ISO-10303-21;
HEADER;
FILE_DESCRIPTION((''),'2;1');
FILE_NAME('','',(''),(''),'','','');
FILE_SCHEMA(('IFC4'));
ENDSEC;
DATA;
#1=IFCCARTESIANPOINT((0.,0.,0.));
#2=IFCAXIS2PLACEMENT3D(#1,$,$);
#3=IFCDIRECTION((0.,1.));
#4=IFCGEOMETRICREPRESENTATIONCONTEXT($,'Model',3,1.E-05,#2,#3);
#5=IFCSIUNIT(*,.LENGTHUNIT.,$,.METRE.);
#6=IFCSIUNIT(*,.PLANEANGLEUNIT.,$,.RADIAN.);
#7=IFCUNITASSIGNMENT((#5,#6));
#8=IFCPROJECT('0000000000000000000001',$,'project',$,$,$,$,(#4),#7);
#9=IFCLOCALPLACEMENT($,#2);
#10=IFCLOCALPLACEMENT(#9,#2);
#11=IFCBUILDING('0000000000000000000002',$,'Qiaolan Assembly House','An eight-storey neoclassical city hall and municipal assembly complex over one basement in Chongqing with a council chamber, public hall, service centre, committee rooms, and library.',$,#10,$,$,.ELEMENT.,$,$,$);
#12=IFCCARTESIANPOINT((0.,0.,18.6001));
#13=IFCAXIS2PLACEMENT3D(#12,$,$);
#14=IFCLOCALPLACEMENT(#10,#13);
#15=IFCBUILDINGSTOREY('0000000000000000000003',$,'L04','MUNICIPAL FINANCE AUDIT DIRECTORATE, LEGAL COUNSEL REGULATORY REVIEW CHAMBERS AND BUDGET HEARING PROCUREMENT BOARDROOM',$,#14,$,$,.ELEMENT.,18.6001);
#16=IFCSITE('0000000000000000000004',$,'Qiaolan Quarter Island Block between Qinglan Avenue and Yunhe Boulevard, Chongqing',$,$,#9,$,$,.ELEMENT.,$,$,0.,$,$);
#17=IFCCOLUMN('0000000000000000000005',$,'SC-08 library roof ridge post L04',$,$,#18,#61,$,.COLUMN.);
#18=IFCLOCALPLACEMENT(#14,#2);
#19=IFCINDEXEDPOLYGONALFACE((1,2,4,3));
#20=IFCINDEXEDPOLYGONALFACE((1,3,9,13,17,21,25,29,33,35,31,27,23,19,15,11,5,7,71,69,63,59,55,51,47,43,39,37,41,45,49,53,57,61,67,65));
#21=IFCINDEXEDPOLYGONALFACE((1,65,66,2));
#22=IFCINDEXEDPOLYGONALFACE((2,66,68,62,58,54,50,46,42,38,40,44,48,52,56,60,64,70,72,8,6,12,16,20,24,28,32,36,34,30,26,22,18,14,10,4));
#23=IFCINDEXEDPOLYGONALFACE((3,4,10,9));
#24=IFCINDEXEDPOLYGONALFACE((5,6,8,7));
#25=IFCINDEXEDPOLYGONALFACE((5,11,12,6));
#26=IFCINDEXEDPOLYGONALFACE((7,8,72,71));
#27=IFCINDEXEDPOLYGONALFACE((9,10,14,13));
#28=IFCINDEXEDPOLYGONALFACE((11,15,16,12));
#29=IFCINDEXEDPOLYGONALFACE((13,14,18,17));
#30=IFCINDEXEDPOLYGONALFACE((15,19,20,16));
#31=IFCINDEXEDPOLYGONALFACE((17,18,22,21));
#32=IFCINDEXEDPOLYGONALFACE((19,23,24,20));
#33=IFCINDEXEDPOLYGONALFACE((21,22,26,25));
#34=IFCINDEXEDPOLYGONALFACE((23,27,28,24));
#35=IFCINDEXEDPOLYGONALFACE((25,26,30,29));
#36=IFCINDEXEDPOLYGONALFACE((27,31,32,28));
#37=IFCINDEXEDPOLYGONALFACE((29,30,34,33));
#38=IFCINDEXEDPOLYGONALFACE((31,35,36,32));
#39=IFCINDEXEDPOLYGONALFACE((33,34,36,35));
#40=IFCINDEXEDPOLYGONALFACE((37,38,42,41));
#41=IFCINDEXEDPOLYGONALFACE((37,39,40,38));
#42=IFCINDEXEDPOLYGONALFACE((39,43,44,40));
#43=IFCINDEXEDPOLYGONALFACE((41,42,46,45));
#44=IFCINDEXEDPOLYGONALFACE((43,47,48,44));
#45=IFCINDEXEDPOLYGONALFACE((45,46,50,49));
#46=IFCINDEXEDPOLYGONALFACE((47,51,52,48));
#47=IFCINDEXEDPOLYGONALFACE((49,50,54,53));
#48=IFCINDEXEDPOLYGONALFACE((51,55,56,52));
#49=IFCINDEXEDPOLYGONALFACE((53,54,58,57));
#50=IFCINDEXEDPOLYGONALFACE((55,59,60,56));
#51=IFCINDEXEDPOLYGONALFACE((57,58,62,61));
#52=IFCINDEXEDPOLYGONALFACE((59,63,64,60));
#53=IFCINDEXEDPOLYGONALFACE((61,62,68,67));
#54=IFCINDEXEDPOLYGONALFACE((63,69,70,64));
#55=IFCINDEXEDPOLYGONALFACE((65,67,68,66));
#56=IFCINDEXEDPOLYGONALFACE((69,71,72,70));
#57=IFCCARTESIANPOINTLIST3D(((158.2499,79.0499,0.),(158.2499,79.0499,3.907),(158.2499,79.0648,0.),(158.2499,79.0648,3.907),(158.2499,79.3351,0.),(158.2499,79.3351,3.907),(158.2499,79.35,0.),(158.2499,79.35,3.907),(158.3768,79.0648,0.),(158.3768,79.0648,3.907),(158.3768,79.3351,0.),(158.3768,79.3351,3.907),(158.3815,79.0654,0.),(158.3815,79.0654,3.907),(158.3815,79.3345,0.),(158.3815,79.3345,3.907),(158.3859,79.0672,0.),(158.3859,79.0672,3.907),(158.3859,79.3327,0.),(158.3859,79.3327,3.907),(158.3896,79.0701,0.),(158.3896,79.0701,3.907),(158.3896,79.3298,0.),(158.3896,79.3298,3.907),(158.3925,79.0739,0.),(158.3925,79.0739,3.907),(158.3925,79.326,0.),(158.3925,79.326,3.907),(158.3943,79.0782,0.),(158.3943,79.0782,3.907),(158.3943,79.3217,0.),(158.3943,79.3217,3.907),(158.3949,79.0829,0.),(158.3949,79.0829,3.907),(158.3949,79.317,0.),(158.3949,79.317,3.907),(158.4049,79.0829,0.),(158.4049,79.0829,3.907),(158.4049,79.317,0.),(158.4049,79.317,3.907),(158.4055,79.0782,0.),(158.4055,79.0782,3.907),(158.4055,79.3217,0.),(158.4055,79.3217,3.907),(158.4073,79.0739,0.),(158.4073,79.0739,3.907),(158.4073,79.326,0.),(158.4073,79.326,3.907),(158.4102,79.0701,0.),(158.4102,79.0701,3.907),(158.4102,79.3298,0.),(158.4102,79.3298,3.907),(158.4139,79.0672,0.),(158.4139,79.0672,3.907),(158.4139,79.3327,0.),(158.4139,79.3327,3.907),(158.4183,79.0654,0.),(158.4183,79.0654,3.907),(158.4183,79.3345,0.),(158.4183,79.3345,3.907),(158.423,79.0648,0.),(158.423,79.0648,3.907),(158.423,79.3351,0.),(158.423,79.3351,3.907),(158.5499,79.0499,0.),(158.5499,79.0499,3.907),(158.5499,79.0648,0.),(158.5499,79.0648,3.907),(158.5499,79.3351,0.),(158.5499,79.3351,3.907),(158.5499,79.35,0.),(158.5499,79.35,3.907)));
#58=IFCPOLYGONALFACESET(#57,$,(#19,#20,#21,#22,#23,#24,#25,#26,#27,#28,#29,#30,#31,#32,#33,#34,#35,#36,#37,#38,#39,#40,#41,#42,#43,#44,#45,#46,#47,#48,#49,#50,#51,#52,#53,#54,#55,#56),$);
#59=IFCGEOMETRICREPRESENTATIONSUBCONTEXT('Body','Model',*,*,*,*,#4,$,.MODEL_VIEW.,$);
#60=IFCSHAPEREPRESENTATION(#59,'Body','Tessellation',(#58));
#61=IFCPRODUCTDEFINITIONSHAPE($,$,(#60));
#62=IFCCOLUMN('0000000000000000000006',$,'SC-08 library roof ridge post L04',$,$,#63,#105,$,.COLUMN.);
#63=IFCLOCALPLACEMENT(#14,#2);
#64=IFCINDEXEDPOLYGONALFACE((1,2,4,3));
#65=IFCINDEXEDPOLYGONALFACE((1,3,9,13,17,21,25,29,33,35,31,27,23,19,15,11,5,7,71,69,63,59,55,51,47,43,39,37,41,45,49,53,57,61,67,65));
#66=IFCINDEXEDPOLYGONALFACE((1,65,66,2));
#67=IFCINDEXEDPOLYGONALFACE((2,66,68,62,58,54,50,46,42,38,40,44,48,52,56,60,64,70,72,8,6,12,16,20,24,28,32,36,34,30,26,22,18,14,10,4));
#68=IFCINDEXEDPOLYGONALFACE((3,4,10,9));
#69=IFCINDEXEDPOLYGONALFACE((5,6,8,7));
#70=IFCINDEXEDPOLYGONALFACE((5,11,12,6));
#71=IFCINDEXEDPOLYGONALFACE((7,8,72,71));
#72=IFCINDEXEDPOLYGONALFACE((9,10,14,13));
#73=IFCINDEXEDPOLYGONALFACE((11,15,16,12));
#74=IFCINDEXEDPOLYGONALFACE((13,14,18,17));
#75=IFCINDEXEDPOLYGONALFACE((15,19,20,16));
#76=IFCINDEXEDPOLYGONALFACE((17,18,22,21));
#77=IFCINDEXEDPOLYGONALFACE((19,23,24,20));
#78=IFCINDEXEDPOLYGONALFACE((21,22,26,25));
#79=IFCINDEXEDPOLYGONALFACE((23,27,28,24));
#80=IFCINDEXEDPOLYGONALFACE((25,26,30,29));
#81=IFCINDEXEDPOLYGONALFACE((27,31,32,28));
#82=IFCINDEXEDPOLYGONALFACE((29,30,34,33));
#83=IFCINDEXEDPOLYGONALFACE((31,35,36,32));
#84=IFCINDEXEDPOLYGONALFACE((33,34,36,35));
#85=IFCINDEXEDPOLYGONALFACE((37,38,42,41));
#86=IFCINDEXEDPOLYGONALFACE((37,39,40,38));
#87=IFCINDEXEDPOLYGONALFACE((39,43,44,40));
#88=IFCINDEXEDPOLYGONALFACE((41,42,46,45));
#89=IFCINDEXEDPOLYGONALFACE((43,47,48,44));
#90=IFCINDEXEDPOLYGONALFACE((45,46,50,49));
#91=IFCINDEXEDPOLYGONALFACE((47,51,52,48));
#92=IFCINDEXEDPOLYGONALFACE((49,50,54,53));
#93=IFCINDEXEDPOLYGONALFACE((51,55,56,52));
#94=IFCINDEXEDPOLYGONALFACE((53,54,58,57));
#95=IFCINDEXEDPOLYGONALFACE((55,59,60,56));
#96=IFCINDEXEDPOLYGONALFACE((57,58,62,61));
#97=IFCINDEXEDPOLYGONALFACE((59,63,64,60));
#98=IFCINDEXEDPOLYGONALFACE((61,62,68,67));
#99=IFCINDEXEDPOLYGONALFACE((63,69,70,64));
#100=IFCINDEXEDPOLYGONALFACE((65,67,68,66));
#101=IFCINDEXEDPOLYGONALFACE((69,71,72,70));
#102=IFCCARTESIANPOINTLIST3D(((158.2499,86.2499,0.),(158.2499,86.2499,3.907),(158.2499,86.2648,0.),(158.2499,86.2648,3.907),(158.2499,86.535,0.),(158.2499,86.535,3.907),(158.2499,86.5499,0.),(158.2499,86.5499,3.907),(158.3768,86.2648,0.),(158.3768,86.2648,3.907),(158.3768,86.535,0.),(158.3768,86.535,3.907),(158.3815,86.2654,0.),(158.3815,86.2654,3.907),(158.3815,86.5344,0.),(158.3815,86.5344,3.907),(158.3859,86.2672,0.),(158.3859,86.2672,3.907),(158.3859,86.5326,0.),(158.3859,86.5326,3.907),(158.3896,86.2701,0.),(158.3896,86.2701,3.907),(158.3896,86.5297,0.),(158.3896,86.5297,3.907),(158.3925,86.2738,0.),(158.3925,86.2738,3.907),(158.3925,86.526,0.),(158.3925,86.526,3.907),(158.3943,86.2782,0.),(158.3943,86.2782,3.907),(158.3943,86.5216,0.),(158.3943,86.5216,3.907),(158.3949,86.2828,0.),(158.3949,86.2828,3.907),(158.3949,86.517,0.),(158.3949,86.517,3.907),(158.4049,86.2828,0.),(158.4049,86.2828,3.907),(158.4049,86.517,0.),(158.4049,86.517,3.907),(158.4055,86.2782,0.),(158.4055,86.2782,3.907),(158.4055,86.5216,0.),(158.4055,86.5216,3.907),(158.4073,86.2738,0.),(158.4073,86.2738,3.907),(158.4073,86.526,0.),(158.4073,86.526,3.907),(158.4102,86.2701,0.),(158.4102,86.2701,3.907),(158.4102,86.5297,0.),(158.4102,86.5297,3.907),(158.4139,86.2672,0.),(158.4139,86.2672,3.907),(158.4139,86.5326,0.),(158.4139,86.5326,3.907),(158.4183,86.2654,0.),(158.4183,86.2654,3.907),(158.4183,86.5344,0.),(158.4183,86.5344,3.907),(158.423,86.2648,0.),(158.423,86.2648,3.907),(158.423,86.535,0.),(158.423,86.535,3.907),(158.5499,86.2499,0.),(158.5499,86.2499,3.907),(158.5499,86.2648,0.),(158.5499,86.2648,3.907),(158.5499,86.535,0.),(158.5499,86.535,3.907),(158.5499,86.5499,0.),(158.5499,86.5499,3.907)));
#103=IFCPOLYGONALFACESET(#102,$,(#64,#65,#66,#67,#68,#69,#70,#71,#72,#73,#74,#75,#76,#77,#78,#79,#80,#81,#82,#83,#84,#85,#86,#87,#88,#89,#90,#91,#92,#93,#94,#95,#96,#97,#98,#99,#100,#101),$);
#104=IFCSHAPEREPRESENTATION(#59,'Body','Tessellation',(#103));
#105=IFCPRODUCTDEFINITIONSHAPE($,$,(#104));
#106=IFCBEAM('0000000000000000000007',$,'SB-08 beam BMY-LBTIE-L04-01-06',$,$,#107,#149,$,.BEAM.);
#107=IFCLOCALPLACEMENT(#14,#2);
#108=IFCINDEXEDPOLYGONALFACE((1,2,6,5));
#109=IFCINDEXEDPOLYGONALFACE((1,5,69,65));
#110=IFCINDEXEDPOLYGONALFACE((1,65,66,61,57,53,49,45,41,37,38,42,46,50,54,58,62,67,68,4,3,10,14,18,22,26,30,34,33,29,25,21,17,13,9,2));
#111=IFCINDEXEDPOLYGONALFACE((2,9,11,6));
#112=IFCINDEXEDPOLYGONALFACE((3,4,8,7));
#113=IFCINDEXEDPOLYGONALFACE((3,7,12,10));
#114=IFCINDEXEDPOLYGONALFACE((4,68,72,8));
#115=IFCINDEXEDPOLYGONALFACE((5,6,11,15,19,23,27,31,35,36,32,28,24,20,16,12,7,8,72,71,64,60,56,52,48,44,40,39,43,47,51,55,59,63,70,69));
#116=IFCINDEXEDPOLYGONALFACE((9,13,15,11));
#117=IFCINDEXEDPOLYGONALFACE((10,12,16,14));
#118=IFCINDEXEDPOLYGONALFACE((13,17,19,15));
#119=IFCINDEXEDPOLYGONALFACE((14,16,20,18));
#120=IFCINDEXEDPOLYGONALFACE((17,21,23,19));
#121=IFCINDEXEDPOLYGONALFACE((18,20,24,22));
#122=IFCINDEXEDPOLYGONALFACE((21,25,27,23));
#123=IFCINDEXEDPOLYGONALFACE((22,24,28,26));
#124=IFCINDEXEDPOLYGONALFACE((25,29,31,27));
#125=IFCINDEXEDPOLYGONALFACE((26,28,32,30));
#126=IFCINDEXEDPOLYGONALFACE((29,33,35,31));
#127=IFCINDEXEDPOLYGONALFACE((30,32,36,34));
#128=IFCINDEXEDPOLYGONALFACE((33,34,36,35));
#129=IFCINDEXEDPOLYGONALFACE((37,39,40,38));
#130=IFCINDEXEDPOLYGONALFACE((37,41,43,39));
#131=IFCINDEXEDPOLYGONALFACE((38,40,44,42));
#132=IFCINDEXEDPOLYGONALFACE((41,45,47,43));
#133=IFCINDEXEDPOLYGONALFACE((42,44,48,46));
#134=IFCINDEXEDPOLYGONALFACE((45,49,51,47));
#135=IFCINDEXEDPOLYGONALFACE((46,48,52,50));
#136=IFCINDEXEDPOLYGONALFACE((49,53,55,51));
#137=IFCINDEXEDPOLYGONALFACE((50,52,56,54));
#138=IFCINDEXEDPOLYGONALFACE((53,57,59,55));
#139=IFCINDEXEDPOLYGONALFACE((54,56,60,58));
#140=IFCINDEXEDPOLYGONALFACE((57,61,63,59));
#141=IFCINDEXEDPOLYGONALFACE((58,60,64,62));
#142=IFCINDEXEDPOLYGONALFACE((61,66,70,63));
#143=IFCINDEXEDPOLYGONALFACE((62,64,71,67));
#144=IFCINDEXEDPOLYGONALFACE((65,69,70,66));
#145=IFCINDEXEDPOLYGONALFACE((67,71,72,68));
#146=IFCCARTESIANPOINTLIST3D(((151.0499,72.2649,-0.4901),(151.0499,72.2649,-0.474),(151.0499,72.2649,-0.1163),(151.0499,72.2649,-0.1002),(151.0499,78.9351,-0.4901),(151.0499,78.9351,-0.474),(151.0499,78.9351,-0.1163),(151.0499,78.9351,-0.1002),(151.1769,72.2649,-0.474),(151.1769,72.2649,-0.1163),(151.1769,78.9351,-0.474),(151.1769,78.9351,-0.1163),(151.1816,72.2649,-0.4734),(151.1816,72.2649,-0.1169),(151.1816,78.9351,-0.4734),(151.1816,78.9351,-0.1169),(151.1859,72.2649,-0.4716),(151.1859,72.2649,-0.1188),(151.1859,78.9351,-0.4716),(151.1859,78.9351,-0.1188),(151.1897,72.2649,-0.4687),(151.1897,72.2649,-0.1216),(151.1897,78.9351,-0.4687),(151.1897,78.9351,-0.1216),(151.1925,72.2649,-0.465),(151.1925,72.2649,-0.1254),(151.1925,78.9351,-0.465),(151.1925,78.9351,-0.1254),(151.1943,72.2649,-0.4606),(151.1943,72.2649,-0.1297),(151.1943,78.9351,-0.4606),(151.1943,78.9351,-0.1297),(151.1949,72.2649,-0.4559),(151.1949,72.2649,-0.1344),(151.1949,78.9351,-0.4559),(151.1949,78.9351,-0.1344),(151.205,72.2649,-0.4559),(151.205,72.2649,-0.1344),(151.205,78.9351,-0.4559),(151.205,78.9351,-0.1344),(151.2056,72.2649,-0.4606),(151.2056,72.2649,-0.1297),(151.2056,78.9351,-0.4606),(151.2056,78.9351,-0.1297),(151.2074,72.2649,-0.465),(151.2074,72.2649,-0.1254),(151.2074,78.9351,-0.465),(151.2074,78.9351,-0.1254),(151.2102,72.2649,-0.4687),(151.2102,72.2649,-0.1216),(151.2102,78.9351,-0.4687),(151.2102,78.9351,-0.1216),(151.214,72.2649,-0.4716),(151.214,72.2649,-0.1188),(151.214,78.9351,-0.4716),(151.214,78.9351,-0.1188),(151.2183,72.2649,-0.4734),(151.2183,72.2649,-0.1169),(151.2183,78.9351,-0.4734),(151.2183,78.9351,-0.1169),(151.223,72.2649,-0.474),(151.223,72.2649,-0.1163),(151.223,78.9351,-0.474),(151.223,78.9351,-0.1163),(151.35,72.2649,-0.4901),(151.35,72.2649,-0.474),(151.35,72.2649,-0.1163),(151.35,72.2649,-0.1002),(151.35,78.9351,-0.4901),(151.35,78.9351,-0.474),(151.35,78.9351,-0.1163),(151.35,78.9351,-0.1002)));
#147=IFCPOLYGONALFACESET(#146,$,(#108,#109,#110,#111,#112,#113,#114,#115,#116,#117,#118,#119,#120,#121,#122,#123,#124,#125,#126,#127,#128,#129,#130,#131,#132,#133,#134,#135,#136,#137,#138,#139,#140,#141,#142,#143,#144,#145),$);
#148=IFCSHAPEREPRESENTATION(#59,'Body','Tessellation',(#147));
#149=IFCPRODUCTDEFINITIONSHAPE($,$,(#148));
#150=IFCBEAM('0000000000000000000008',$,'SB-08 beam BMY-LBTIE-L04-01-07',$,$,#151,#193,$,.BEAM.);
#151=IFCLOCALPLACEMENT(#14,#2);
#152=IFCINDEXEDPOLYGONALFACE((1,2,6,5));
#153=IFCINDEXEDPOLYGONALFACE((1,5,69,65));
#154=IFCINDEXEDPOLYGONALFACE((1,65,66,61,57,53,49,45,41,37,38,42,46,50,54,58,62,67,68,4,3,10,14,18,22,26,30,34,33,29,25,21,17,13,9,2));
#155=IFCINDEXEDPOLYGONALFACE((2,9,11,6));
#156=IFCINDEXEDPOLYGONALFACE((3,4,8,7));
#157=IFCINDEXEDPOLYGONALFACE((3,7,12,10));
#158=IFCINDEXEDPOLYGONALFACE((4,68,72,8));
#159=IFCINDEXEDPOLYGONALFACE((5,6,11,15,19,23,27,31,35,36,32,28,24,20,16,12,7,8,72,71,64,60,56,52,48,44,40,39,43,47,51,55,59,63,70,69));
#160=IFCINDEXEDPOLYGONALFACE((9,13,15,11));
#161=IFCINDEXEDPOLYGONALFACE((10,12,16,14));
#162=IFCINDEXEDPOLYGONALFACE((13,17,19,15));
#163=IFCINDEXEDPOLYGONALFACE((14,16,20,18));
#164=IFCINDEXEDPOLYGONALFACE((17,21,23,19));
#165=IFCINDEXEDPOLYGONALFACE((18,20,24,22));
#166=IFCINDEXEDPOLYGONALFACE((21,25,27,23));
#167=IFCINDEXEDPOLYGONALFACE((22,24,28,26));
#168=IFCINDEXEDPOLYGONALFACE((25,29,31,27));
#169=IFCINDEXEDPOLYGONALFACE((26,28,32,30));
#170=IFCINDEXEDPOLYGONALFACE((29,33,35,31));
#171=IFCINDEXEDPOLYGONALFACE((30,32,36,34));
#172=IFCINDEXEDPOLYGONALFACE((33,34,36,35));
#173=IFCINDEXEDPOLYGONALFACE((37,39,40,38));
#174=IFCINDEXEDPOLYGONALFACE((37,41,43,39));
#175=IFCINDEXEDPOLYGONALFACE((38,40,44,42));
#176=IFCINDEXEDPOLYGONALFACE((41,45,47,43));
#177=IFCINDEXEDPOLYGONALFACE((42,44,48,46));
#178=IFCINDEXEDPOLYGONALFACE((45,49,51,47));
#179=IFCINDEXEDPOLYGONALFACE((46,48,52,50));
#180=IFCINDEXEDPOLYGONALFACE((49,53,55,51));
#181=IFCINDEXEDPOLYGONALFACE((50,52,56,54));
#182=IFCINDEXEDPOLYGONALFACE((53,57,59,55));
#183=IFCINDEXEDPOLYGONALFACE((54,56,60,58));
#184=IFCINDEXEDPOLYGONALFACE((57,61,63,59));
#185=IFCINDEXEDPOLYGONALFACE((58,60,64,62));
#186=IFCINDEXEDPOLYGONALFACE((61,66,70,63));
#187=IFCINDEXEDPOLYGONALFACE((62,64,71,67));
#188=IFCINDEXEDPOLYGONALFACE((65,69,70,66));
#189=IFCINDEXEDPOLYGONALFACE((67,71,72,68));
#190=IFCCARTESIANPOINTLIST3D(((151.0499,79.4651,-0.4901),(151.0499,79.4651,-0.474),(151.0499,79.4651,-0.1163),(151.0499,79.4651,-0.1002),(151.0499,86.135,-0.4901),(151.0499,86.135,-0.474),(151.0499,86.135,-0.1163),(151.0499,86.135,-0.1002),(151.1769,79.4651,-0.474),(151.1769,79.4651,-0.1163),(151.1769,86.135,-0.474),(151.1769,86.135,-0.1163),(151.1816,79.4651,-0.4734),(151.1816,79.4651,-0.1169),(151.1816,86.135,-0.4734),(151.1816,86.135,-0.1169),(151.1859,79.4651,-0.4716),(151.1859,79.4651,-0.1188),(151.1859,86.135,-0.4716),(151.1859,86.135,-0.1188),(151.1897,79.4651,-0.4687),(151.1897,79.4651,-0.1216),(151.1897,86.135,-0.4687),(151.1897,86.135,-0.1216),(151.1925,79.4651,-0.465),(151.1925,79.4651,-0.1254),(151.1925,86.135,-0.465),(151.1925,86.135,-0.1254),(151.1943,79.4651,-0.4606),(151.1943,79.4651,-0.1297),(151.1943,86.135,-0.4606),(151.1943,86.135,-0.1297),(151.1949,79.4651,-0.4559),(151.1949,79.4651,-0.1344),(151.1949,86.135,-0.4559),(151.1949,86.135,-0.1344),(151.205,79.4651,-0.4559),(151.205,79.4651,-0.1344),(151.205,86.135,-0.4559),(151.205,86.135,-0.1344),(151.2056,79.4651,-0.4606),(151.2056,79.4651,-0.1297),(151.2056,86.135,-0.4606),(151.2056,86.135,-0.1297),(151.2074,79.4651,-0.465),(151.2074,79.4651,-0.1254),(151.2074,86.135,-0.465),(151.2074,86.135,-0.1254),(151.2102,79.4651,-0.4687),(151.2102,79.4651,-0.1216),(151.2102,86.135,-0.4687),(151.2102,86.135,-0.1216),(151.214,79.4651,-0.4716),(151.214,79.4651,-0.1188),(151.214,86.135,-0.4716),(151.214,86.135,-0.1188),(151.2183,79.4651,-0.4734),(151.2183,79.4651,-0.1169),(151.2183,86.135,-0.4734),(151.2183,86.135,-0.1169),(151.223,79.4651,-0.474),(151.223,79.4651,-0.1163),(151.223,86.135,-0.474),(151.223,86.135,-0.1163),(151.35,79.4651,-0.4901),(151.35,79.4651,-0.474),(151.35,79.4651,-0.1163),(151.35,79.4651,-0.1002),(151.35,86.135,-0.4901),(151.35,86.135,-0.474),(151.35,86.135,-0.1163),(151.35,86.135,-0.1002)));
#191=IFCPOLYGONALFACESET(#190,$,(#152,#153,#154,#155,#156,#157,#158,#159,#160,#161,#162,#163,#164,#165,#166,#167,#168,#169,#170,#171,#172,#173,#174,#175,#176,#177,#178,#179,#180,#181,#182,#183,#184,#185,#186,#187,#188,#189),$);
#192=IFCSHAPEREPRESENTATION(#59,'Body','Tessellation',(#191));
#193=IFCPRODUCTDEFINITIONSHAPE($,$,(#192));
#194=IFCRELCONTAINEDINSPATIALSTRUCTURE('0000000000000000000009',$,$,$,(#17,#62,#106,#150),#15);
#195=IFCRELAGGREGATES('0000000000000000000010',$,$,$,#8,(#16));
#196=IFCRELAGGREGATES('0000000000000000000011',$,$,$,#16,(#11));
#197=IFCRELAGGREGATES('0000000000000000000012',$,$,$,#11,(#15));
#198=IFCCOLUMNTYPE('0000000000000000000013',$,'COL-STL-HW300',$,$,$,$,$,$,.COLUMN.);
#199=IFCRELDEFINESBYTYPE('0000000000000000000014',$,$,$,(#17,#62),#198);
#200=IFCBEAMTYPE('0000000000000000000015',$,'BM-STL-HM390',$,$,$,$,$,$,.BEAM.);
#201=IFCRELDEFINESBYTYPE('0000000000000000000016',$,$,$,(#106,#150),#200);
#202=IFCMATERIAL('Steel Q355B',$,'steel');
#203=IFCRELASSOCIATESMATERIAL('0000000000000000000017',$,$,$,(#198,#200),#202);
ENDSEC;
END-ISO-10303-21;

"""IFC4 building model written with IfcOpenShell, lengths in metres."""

from ifc_helpers import new_model, si_unit, direction, frame, origin, origin_2d, place, context, subcontext, project, spatial, i_section, extrude, material, material_profile, profile_set, type_object, element, save


model = new_model("IFC4")

# Units and contexts
model_context = context("Model", 3, precision=1e-05, world=origin(), true_north=direction((0.0, 1.0)))
body_context = subcontext(model_context, "Body", "Model", "MODEL_VIEW")
ifc_project = project(units=[si_unit("LENGTHUNIT", "METRE"), si_unit("PLANEANGLEUNIT", "RADIAN")], contexts=[model_context])

# Site, building, storey
site_placement = place(None, origin())
site = spatial("IfcSite", under=ifc_project, at=site_placement, Name="Qiaolan Quarter Island Block between Qinglan Avenue and Yunhe Boulevard, Chongqing", CompositionType="ELEMENT", RefElevation=0.0)
building_placement = place(site_placement, origin())
building = spatial("IfcBuilding", under=site, at=building_placement, Name="Qiaolan Assembly House", Description="An eight-storey neoclassical city hall and municipal assembly complex over one basement in Chongqing with a council chamber, public hall, service centre, committee rooms, and library.", CompositionType="ELEMENT")
storey_placement = place(building_placement, frame((0.0, 0.0, 18.6001)))
storey = spatial("IfcBuildingStorey", under=building, at=storey_placement, Name="L04", Description="MUNICIPAL FINANCE AUDIT DIRECTORATE, LEGAL COUNSEL REGULATORY REVIEW CHAMBERS AND BUDGET HEARING PROCUREMENT BOARDROOM", CompositionType="ELEMENT", Elevation=18.6001)

# Columns
ifc_material = material(Name="Steel Q355B", Category="steel")
ifc_material_profile_1 = material_profile(ifc_material, i_section(OverallWidth=0.3, OverallDepth=0.3, WebThickness=0.01, FlangeThickness=0.0149, FilletRadius=0.0181, at=origin_2d()), Name="HW 300x300x10x15")
ifc_profile_set_1 = profile_set([ifc_material_profile_1], Name="Steel Q355B")
column_type = type_object("IfcColumnType", Name="COL-STL-HW300", PredefinedType="COLUMN", material=ifc_profile_set_1)
for number, where, z_axis, x_axis, name in (
    (1, (158.3999, 79.2, 0.0), (0.0, 0.0, 1.0), (1.0, 0.0, 0.0), "SC-08 library roof ridge post L04"),
    (2, (158.3999, 86.3999, 0.0), (0.0, 0.0, 1.0), (1.0, 0.0, 0.0), "SC-08 library roof ridge post L04"),
):
    element("IfcColumn", number, at=place(storey_placement, frame(where, z_axis=z_axis, x_axis=x_axis)), inside=storey, type_object=column_type, Name=name, PredefinedType="COLUMN", context=body_context, shape_type="SweptSolid", body=[
        extrude(i_section(OverallWidth=0.3, OverallDepth=0.3, WebThickness=0.01, FlangeThickness=0.0149, FilletRadius=0.0181, at=origin_2d()), origin(), (0.0, 0.0, 1.0), 3.907),
    ])

# Beams
ifc_material_profile_2 = material_profile(ifc_material, i_section(OverallWidth=0.3, OverallDepth=0.3899, WebThickness=0.01, FlangeThickness=0.0161, FilletRadius=0.0181, at=origin_2d()), Name="HM 390x300x10x16")
ifc_profile_set_2 = profile_set([ifc_material_profile_2], Name="Steel Q355B")
beam_type_1 = type_object("IfcBeamType", Name="BM-STL-HM390", PredefinedType="BEAM", material=ifc_profile_set_2)
beam_1_placement = place(storey_placement, frame((151.2, 72.2649, -0.2952), z_axis=(0.0, 1.0, 0.0), x_axis=(-1.0, 0.0, 0.0)))
element("IfcBeam", 3, at=beam_1_placement, inside=storey, type_object=beam_type_1, Name="SB-08 beam BMY-LBTIE-L04-01-06", PredefinedType="BEAM", context=body_context, shape_type="SweptSolid", body=[
    extrude(i_section(OverallWidth=0.3, OverallDepth=0.3899, WebThickness=0.01, FlangeThickness=0.0161, FilletRadius=0.0181, at=origin_2d()), origin(), (0.0, 0.0, 1.0), 6.6702),
])
beam_2_placement = place(storey_placement, frame((151.2, 79.4651, -0.2952), z_axis=(0.0, 1.0, 0.0), x_axis=(-1.0, 0.0, 0.0)))
element("IfcBeam", 4, at=beam_2_placement, inside=storey, type_object=beam_type_1, Name="SB-08 beam BMY-LBTIE-L04-01-07", PredefinedType="BEAM", context=body_context, shape_type="SweptSolid", body=[
    extrude(i_section(OverallWidth=0.3, OverallDepth=0.3899, WebThickness=0.01, FlangeThickness=0.0161, FilletRadius=0.0181, at=origin_2d()), origin(), (0.0, 0.0, 1.0), 6.6699),
])

save(model, "model.ifc")
